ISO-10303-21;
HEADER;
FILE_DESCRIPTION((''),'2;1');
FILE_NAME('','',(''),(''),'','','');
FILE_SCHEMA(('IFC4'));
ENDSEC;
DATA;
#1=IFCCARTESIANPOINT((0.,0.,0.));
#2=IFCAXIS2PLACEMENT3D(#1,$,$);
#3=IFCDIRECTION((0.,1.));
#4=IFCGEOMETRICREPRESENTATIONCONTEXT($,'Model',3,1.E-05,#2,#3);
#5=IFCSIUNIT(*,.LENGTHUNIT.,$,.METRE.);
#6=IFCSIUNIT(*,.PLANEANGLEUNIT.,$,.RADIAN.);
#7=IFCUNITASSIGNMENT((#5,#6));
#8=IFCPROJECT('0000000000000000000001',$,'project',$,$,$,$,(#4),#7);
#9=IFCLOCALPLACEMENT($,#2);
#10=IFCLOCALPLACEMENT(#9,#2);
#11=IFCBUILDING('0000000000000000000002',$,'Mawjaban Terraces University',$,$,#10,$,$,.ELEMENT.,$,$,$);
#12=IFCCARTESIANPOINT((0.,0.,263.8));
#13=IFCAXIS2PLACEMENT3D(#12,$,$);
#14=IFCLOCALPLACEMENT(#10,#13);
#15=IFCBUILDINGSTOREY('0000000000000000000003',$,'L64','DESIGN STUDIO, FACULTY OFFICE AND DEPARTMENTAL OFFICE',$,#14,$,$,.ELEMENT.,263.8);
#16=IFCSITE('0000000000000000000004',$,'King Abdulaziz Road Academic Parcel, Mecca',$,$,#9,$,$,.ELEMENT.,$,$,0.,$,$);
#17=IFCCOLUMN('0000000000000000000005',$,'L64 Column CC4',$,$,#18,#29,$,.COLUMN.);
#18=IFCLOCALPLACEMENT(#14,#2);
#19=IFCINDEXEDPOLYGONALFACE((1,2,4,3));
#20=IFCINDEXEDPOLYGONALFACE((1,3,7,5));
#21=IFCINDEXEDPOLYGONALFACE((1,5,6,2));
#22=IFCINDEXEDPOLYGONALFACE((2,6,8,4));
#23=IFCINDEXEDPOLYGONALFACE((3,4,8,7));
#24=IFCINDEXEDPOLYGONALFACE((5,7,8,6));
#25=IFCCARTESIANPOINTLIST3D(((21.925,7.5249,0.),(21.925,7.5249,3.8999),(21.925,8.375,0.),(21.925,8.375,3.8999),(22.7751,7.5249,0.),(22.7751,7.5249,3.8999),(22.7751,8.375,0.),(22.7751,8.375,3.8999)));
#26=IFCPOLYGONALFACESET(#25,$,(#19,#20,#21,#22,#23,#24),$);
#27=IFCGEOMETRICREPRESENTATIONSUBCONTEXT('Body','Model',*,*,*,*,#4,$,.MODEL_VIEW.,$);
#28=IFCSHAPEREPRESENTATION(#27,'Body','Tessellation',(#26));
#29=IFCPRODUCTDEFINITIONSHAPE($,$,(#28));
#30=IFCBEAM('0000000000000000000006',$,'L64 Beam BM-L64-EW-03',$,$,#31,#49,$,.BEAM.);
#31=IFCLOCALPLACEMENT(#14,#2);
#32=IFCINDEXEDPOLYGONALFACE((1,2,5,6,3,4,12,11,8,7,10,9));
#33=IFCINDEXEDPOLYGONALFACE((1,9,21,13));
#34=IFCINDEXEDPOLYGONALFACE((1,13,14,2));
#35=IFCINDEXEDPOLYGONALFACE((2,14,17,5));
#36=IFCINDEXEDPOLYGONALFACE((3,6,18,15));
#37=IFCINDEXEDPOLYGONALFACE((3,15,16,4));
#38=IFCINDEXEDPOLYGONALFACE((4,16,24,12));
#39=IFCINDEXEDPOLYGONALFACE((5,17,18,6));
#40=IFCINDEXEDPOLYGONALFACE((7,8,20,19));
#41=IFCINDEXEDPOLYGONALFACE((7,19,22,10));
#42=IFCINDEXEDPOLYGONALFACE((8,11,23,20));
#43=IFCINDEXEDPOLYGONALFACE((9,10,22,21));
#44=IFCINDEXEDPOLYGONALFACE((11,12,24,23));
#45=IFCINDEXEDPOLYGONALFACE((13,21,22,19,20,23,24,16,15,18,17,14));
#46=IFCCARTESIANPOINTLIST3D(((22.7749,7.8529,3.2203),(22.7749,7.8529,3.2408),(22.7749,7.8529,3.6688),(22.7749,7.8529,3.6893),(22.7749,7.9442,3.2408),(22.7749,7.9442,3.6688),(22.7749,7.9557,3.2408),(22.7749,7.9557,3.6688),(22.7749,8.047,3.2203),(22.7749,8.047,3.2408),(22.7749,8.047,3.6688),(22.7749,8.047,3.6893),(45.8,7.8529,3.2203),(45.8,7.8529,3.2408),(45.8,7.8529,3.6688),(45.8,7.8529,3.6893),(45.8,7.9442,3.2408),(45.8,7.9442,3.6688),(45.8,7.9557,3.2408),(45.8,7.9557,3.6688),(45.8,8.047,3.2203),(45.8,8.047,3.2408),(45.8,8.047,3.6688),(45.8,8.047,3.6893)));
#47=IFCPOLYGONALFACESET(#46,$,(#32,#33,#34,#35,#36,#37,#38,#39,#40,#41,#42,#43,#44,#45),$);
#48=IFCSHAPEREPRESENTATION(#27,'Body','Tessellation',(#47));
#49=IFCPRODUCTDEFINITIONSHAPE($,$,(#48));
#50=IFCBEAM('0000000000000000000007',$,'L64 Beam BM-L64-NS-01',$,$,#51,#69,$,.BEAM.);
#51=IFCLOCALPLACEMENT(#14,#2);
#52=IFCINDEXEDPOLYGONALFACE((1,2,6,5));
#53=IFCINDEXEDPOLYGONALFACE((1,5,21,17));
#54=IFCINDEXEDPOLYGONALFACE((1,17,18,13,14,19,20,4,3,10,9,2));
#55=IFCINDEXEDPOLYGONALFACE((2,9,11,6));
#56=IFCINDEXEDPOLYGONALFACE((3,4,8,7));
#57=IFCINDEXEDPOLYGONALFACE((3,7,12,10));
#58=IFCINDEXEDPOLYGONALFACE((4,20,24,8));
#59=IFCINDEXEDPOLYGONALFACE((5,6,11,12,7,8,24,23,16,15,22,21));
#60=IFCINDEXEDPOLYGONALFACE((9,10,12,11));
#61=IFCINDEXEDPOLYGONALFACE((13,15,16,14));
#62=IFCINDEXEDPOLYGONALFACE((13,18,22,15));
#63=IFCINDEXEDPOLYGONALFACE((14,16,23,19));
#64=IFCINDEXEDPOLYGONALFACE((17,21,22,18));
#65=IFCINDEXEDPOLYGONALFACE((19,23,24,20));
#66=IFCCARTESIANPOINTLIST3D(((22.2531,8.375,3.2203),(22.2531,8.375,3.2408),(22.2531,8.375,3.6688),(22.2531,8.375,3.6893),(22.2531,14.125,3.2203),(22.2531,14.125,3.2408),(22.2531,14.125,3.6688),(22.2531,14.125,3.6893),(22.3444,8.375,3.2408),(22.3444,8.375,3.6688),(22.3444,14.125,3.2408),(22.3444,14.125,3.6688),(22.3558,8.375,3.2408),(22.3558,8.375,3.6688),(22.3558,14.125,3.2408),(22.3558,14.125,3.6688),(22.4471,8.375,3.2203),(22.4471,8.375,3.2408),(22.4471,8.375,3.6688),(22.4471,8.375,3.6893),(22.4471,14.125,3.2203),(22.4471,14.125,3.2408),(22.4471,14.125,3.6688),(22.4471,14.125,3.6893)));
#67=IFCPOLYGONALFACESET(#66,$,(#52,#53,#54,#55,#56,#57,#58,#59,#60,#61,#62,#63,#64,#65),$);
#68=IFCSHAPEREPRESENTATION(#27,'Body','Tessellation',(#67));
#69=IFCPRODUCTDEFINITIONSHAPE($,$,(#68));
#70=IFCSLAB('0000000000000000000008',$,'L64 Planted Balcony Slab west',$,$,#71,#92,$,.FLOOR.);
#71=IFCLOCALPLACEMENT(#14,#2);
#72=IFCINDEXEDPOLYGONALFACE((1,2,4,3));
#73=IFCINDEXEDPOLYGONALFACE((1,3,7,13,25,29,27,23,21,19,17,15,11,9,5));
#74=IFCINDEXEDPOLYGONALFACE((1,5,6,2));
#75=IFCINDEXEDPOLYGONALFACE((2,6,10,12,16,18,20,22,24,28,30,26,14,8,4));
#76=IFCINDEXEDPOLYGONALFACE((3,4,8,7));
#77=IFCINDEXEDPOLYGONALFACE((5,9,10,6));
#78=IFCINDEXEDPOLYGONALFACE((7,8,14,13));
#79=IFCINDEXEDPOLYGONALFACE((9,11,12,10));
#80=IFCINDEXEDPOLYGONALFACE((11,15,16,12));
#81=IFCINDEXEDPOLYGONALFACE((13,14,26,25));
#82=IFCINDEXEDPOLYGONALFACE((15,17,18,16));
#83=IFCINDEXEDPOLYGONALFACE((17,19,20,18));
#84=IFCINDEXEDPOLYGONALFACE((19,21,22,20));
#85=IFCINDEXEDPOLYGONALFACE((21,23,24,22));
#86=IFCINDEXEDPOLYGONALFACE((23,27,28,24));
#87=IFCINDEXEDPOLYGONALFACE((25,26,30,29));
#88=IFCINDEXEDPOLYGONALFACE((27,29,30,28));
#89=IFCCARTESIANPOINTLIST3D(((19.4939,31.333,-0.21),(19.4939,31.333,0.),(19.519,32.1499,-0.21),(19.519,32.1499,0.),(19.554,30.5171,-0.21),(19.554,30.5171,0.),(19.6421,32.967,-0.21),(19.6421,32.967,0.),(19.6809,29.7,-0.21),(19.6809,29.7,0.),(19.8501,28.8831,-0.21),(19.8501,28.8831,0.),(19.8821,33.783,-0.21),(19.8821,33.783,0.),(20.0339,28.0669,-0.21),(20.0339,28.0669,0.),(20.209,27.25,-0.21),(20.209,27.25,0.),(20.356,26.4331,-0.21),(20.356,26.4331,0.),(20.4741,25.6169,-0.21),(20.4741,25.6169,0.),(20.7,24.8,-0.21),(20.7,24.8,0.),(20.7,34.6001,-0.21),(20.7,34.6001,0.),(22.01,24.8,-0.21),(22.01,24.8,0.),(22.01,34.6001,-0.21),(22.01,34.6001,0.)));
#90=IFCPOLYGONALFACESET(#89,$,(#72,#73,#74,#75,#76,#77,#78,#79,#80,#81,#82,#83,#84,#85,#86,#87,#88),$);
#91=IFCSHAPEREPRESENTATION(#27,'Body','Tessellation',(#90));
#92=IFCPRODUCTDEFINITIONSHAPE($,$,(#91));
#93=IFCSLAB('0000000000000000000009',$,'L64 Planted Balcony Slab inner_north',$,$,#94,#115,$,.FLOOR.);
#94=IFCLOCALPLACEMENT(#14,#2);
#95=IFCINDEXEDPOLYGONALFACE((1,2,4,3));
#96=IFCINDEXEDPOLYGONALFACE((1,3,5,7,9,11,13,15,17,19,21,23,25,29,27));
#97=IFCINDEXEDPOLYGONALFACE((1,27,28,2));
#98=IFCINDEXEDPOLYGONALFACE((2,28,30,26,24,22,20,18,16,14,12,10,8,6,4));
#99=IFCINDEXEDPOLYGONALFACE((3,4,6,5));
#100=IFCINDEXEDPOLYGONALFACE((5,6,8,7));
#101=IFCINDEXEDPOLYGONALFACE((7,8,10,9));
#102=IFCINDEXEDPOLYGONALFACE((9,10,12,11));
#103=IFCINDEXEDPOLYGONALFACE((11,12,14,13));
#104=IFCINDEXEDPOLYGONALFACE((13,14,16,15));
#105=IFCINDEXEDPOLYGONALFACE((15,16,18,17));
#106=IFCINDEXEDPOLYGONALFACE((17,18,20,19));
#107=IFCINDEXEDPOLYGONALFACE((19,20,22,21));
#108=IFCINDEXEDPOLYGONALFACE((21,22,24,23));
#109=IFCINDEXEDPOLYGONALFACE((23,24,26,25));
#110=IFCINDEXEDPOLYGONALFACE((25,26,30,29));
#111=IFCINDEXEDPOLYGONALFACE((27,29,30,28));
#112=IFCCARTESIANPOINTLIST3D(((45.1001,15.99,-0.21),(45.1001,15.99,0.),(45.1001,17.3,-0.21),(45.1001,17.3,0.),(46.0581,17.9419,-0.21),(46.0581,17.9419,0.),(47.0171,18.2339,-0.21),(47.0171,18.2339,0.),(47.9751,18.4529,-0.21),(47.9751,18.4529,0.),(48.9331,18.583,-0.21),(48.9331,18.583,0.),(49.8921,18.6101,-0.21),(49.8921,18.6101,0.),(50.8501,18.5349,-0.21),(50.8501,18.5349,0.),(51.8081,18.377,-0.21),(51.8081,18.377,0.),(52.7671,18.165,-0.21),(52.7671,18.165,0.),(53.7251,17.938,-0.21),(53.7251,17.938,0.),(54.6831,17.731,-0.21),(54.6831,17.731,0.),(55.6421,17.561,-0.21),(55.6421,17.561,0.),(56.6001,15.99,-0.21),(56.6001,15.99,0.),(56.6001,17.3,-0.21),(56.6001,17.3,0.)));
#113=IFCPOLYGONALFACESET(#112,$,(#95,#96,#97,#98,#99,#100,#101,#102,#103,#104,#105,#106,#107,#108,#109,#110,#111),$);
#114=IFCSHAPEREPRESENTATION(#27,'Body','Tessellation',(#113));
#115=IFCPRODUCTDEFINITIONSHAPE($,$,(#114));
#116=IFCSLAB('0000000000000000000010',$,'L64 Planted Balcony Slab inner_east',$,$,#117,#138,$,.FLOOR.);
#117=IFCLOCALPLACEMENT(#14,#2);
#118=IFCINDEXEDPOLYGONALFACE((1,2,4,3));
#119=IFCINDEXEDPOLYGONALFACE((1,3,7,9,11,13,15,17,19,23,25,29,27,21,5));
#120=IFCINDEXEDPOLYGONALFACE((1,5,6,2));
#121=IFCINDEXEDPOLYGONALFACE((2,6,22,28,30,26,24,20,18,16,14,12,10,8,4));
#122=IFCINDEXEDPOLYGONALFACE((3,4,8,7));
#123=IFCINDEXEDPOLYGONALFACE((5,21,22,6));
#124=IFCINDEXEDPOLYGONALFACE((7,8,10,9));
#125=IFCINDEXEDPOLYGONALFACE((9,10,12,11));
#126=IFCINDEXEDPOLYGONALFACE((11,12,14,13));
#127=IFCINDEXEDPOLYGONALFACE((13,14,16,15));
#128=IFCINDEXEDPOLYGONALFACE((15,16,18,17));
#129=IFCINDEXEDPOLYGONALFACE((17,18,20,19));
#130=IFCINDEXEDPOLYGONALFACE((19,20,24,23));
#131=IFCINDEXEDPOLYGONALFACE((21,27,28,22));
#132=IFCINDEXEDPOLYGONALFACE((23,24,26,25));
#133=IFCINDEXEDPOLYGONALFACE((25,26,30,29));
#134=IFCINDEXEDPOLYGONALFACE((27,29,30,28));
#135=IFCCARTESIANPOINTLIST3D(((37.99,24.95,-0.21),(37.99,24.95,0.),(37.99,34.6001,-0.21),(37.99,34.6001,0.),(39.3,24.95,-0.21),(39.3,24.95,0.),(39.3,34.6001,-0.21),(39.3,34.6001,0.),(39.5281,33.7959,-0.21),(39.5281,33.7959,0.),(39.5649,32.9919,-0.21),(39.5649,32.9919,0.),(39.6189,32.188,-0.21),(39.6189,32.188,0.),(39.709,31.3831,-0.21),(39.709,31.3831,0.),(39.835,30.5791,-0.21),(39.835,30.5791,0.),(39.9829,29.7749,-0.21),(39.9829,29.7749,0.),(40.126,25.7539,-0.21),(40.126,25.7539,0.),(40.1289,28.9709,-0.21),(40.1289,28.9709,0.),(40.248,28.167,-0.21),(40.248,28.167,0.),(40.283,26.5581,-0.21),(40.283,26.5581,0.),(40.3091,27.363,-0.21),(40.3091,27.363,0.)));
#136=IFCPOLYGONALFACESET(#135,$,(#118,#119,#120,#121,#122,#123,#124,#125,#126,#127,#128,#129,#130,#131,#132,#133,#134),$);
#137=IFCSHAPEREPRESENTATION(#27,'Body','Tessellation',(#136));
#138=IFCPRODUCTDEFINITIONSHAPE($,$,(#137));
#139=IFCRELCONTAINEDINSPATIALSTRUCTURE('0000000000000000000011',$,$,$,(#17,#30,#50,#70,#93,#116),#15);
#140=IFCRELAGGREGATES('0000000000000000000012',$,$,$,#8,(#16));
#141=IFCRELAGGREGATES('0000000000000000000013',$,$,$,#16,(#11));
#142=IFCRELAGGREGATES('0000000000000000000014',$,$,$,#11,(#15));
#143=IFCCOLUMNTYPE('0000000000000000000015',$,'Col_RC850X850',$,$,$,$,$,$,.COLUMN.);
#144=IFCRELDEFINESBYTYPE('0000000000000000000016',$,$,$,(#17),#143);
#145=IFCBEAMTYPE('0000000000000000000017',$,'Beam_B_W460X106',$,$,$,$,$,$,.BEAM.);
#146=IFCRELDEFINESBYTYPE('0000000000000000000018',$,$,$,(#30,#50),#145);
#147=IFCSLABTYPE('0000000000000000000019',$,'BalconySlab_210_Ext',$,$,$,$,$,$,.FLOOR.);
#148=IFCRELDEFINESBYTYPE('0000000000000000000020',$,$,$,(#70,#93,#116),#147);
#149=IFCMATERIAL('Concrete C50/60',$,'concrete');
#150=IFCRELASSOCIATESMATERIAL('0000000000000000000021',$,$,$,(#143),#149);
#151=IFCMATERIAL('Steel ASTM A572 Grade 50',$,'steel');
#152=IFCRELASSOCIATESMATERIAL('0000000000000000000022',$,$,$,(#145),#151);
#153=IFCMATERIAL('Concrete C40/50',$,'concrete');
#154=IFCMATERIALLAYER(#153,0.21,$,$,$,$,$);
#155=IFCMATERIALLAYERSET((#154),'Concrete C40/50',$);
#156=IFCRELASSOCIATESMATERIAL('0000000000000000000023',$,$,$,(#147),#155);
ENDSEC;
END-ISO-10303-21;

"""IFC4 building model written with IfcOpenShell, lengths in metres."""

from ifc_helpers import new_model, si_unit, direction, frame, origin, origin_2d, place, context, subcontext, project, spatial, polyline, rectangle, i_section, outline, extrude, material, layer, layer_set, material_profile, profile_set, type_object, element, save


model = new_model("IFC4")

# Units and contexts
model_context = context("Model", 3, precision=1e-05, world=origin(), true_north=direction((0.0, 1.0)))
body_context = subcontext(model_context, "Body", "Model", "MODEL_VIEW")
ifc_project = project(units=[si_unit("LENGTHUNIT", "METRE"), si_unit("PLANEANGLEUNIT", "RADIAN")], contexts=[model_context])

# Site, building, storey
site_placement = place(None, origin())
site = spatial("IfcSite", under=ifc_project, at=site_placement, Name="King Abdulaziz Road Academic Parcel, Mecca", CompositionType="ELEMENT", RefElevation=0.0)
building_placement = place(site_placement, origin())
building = spatial("IfcBuilding", under=site, at=building_placement, Name="Mawjaban Terraces University", CompositionType="ELEMENT")
storey_placement = place(building_placement, frame((0.0, 0.0, 263.8)))
storey = spatial("IfcBuildingStorey", under=building, at=storey_placement, Name="L64", Description="DESIGN STUDIO, FACULTY OFFICE AND DEPARTMENTAL OFFICE", CompositionType="ELEMENT", Elevation=263.8)

# Column
ifc_material_1 = material(Name="Concrete C50/60", Category="concrete")
ifc_material_profile_1 = material_profile(ifc_material_1, rectangle(XDim=0.8501, YDim=0.8501, at=origin_2d()), Name="RC850X850")
ifc_profile_set_1 = profile_set([ifc_material_profile_1], Name="Concrete C50/60")
column_type = type_object("IfcColumnType", Name="Col_RC850X850", PredefinedType="COLUMN", material=ifc_profile_set_1)
column_placement = place(storey_placement, frame((22.3501, 7.95, 0.0), z_axis=(0.0, 0.0, 1.0), x_axis=(1.0, 0.0, 0.0)))
element("IfcColumn", 1, at=column_placement, inside=storey, type_object=column_type, Name="L64 Column CC4", PredefinedType="COLUMN", context=body_context, shape_type="SweptSolid", body=[
    extrude(rectangle(XDim=0.8501, YDim=0.8501, at=origin_2d()), origin(), (0.0, 0.0, 1.0), 3.8999),
])

# Beams
ifc_material_2 = material(Name="Steel ASTM A572 Grade 50", Category="steel")
ifc_material_profile_2 = material_profile(ifc_material_2, i_section(OverallWidth=0.1941, OverallDepth=0.469, WebThickness=0.0115, FlangeThickness=0.0205, at=origin_2d()), Name="W460X106")
ifc_profile_set_2 = profile_set([ifc_material_profile_2], Name="Steel ASTM A572 Grade 50")
beam_type = type_object("IfcBeamType", Name="Beam_B_W460X106", PredefinedType="BEAM", material=ifc_profile_set_2)
beam_1_placement = place(storey_placement, frame((22.7749, 7.95, 3.4548), z_axis=(1.0, 0.0, 0.0), x_axis=(0.0, 1.0, 0.0)))
element("IfcBeam", 2, at=beam_1_placement, inside=storey, type_object=beam_type, Name="L64 Beam BM-L64-EW-03", PredefinedType="BEAM", context=body_context, shape_type="SweptSolid", body=[
    extrude(i_section(OverallWidth=0.1941, OverallDepth=0.469, WebThickness=0.0115, FlangeThickness=0.0205, at=origin_2d()), origin(), (0.0, 0.0, 1.0), 23.0251),
])
beam_2_placement = place(storey_placement, frame((22.3501, 8.375, 3.4548), z_axis=(0.0, 1.0, 0.0), x_axis=(-1.0, 0.0, 0.0)))
element("IfcBeam", 3, at=beam_2_placement, inside=storey, type_object=beam_type, Name="L64 Beam BM-L64-NS-01", PredefinedType="BEAM", context=body_context, shape_type="SweptSolid", body=[
    extrude(i_section(OverallWidth=0.1941, OverallDepth=0.469, WebThickness=0.0115, FlangeThickness=0.0205, at=origin_2d()), origin(), (0.0, 0.0, 1.0), 5.75),
])

# Slabs
ifc_material_3 = material(Name="Concrete C40/50", Category="concrete")
ifc_layer_1 = layer(ifc_material_3, 0.21)
ifc_layer_set_1 = layer_set([ifc_layer_1], Name="Concrete C40/50")
slab_type_1 = type_object("IfcSlabType", Name="BalconySlab_210_Ext", PredefinedType="FLOOR", material=ifc_layer_set_1)
slab_1_placement = place(storey_placement, frame((0.0, 0.0, -0.21)))
element("IfcSlab", 4, at=slab_1_placement, inside=storey, type_object=slab_type_1, Name="L64 Planted Balcony Slab west", PredefinedType="FLOOR", context=body_context, shape_type="SweptSolid", body=[
    extrude(outline(polyline([(22.01, 24.8), (22.01, 34.6001), (20.7, 34.6001), (19.8821, 33.783), (19.6421, 32.967), (19.519, 32.1499), (19.4939, 31.333), (19.554, 30.5171), (19.6809, 29.7), (19.8501, 28.8831), (20.0339, 28.0669), (20.209, 27.25), (20.356, 26.4331), (20.4741, 25.6169), (20.7, 24.8), (22.01, 24.8)])), origin(), (0.0, 0.0, 1.0), 0.21),
])
slab_2_placement = place(storey_placement, frame((0.0, 0.0, -0.21)))
element("IfcSlab", 5, at=slab_2_placement, inside=storey, type_object=slab_type_1, Name="L64 Planted Balcony Slab inner_north", PredefinedType="FLOOR", context=body_context, shape_type="SweptSolid", body=[
    extrude(outline(polyline([(45.1001, 15.99), (56.6001, 15.99), (56.6001, 17.3), (55.6421, 17.561), (54.6831, 17.731), (53.7251, 17.938), (52.7671, 18.165), (51.8081, 18.377), (50.8501, 18.5349), (49.8921, 18.6101), (48.9331, 18.583), (47.9751, 18.4529), (47.0171, 18.2339), (46.0581, 17.9419), (45.1001, 17.3), (45.1001, 15.99)])), origin(), (0.0, 0.0, 1.0), 0.21),
])
slab_3_placement = place(storey_placement, frame((0.0, 0.0, -0.21)))
element("IfcSlab", 6, at=slab_3_placement, inside=storey, type_object=slab_type_1, Name="L64 Planted Balcony Slab inner_east", PredefinedType="FLOOR", context=body_context, shape_type="SweptSolid", body=[
    extrude(outline(polyline([(39.3, 24.95), (40.126, 25.7539), (40.283, 26.5581), (40.3091, 27.363), (40.248, 28.167), (40.1289, 28.9709), (39.9829, 29.7749), (39.835, 30.5791), (39.709, 31.3831), (39.6189, 32.188), (39.5649, 32.9919), (39.5281, 33.7959), (39.3, 34.6001), (37.99, 34.6001), (37.99, 24.95), (39.3, 24.95)])), origin(), (0.0, 0.0, 1.0), 0.21),
])

save(model, "model.ifc")
